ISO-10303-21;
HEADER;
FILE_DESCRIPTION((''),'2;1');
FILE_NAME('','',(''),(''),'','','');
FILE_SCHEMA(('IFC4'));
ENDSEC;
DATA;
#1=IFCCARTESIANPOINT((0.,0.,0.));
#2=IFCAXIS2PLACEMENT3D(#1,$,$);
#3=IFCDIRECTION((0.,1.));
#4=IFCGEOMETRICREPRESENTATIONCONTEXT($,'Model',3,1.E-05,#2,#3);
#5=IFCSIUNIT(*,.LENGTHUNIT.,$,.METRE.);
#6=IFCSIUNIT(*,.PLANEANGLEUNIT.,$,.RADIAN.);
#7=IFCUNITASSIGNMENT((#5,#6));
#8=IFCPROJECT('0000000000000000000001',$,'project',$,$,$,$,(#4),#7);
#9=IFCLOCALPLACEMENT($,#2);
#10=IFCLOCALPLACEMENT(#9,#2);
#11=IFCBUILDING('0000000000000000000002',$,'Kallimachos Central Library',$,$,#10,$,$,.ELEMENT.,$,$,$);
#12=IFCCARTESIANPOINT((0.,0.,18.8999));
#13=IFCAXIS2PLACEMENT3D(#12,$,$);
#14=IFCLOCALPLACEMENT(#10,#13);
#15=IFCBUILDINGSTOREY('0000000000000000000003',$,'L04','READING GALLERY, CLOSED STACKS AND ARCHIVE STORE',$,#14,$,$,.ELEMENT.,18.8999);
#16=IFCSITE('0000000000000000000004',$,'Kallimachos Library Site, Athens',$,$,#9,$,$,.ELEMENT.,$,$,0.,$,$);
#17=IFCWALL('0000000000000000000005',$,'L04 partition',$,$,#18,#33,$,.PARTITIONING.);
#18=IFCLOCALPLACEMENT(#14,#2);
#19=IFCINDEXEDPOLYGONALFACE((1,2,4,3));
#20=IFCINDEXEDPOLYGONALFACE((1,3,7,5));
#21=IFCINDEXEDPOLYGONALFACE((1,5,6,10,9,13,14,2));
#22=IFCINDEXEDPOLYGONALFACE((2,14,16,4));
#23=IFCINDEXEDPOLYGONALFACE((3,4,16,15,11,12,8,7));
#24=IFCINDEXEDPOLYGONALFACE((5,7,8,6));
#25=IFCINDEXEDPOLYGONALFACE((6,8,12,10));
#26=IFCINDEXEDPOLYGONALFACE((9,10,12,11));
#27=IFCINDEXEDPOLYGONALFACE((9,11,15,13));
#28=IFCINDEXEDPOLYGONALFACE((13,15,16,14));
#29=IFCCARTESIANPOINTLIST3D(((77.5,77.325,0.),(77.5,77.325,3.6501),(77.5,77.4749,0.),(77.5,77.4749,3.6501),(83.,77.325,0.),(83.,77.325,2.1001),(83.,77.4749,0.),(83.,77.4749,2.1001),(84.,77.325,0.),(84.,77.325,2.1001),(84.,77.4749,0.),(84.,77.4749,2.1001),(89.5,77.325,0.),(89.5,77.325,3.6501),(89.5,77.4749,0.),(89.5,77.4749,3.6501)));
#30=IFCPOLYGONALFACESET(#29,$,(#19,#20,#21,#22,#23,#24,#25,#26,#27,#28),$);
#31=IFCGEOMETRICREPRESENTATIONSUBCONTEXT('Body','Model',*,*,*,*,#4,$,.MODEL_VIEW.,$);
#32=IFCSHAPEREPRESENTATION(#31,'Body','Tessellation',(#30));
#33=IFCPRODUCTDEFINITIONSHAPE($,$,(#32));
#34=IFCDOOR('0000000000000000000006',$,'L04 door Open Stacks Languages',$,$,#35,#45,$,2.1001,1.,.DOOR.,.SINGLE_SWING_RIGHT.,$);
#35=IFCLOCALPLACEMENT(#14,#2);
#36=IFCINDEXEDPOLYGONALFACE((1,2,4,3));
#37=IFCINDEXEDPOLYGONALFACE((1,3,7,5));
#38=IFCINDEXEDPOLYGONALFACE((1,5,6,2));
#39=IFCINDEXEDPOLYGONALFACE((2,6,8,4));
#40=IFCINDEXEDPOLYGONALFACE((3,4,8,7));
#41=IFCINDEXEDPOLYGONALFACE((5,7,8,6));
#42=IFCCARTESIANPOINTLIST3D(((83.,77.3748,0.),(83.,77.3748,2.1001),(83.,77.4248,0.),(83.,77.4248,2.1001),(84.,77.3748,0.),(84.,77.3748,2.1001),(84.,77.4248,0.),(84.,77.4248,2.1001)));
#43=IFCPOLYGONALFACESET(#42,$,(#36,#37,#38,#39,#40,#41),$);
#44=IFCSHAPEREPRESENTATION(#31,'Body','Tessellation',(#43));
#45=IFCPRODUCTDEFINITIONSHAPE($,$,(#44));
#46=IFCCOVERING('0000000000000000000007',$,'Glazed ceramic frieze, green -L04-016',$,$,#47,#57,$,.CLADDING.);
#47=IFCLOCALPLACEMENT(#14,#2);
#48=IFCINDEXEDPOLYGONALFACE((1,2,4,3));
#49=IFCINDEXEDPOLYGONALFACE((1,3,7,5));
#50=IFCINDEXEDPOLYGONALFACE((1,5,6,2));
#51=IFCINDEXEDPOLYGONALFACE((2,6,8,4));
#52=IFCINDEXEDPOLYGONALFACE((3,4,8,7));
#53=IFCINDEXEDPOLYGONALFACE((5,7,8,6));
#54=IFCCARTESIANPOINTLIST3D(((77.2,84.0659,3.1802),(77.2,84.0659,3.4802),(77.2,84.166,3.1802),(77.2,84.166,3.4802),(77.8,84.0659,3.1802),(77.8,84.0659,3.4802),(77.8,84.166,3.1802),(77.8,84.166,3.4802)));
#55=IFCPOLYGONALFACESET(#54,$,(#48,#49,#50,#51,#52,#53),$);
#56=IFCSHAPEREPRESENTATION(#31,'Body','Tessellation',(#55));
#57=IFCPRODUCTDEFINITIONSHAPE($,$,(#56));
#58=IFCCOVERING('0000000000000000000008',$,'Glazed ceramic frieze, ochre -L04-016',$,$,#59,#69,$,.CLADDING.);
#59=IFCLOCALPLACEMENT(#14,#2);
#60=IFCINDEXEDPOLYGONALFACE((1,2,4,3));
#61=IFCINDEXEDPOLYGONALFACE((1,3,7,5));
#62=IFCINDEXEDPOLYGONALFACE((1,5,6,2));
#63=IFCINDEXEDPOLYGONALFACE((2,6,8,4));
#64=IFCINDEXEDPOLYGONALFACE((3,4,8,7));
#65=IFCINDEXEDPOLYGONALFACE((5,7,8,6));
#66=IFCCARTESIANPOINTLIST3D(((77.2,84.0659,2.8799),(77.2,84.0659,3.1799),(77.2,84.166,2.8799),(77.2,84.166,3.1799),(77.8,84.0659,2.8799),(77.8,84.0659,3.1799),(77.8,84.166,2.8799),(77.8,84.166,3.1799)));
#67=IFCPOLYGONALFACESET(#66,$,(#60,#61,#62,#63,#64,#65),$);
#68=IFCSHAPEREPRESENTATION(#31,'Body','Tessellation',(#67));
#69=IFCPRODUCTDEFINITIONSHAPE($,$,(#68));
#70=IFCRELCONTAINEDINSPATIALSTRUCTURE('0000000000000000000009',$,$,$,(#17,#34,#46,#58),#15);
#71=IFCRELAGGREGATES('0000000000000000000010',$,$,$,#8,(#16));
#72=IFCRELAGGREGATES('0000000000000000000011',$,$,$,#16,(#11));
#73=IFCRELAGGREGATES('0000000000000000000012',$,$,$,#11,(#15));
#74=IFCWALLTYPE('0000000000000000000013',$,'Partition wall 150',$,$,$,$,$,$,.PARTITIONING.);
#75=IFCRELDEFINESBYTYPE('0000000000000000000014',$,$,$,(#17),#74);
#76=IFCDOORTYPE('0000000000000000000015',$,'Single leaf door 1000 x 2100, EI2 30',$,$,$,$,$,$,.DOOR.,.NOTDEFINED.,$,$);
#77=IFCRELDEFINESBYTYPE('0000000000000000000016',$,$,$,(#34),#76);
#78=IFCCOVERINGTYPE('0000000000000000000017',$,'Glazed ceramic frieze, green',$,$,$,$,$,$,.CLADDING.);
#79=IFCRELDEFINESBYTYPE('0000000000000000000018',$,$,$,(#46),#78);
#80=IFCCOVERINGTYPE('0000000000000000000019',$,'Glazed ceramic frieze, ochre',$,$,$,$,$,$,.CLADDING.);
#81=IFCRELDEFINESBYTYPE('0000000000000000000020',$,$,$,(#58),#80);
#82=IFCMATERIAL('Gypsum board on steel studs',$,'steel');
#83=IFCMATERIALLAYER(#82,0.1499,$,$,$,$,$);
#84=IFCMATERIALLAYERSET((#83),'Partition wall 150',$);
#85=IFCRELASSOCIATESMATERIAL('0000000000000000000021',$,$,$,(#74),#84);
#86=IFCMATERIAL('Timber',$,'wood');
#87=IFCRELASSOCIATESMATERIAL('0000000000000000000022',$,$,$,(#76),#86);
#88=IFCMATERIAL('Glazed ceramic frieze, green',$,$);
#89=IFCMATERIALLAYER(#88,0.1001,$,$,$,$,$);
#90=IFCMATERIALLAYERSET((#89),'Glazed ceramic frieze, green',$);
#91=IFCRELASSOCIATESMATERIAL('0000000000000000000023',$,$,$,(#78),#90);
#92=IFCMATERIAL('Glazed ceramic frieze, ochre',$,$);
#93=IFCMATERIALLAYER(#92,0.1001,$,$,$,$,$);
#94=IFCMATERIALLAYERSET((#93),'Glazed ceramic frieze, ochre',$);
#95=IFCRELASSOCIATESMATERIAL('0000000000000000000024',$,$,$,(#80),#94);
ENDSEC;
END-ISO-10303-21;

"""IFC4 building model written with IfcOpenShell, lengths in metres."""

from ifc_helpers import new_model, si_unit, direction, frame, frame_2d, origin, origin_2d, place, context, subcontext, project, spatial, rectangle, extrude, material, layer, layer_set, type_object, element, fill, save


model = new_model("IFC4")

# Units and contexts
model_context = context("Model", 3, precision=1e-05, world=origin(), true_north=direction((0.0, 1.0)))
body_context = subcontext(model_context, "Body", "Model", "MODEL_VIEW")
ifc_project = project(units=[si_unit("LENGTHUNIT", "METRE"), si_unit("PLANEANGLEUNIT", "RADIAN")], contexts=[model_context])

# Site, building, storey
site_placement = place(None, origin())
site = spatial("IfcSite", under=ifc_project, at=site_placement, Name="Kallimachos Library Site, Athens", CompositionType="ELEMENT", RefElevation=0.0)
building_placement = place(site_placement, origin())
building = spatial("IfcBuilding", under=site, at=building_placement, Name="Kallimachos Central Library", CompositionType="ELEMENT")
storey_placement = place(building_placement, frame((0.0, 0.0, 18.8999)))
storey = spatial("IfcBuildingStorey", under=building, at=storey_placement, Name="L04", Description="READING GALLERY, CLOSED STACKS AND ARCHIVE STORE", CompositionType="ELEMENT", Elevation=18.8999)

# Shared definitions
ifc_material_1 = material(Name="Gypsum board on steel studs", Category="steel")
ifc_layer_1 = layer(ifc_material_1, 0.1499)
ifc_layer_set_1 = layer_set([ifc_layer_1], Name="Partition wall 150")
wall_type = type_object("IfcWallType", Name="Partition wall 150", PredefinedType="PARTITIONING", material=ifc_layer_set_1)

# Wall, opening, door
wall_1_placement = place(storey_placement, frame((77.5, 77.3999, 0.0), z_axis=(0.0, 0.0, 1.0), x_axis=(1.0, 0.0, 0.0)))
wall_1 = element("IfcWall", 1, at=wall_1_placement, inside=storey, type_object=wall_type, Name="L04 partition", PredefinedType="PARTITIONING", context=body_context, shape_type="SweptSolid", body=[
    extrude(rectangle(XDim=12.0, YDim=0.1499, at=frame_2d((6.0, 0.0))), origin(), (0.0, 0.0, 1.0), 3.6501),
])
opening_placement = place(wall_1_placement, frame((5.5, 0.0, 0.0)))
opening = element("IfcOpeningElement", 2, at=opening_placement, cuts=wall_1, PredefinedType="OPENING", context=body_context, shape_type="SweptSolid", body=[
    extrude(rectangle(XDim=1.0, YDim=2.1001, at=frame_2d((0.5, 1.05))), frame((0.0, 0.085, 0.0), z_axis=(0.0, -1.0, 0.0), x_axis=(1.0, 0.0, 0.0)), (0.0, 0.0, 1.0), 0.1699),
])
ifc_material_2 = material(Name="Timber", Category="wood")
door_type = type_object("IfcDoorType", Name="Single leaf door 1000 x 2100, EI2 30", OperationType="NOTDEFINED", PredefinedType="DOOR", material=ifc_material_2)
door_placement = place(opening_placement, origin())
door = element("IfcDoor", 3, at=door_placement, inside=storey, type_object=door_type, Name="L04 door Open Stacks Languages", OperationType="SINGLE_SWING_RIGHT", OverallHeight=2.1001, OverallWidth=1.0, PredefinedType="DOOR", context=body_context, shape_type="SweptSolid", body=[
    extrude(rectangle(XDim=1.0, YDim=2.1001, at=frame_2d((0.5, 1.05))), frame((0.0, 0.0249, 0.0), z_axis=(0.0, -1.0, 0.0), x_axis=(1.0, 0.0, 0.0)), (0.0, 0.0, 1.0), 0.05),
])
fill(opening, door)

# Coverings
ifc_material_3 = material(Name="Glazed ceramic frieze, green")
ifc_layer_2 = layer(ifc_material_3, 0.1001)
ifc_layer_set_2 = layer_set([ifc_layer_2], Name="Glazed ceramic frieze, green")
covering_type_1 = type_object("IfcCoveringType", Name="Glazed ceramic frieze, green", PredefinedType="CLADDING", material=ifc_layer_set_2)
covering_1_placement = place(storey_placement, frame((77.5, 84.116, 3.1802), z_axis=(0.0, 0.0, 1.0), x_axis=(1.0, 0.0, 0.0)))
element("IfcCovering", 4, at=covering_1_placement, inside=storey, type_object=covering_type_1, Name="Glazed ceramic frieze, green -L04-016", PredefinedType="CLADDING", context=body_context, shape_type="SweptSolid", body=[
    extrude(rectangle(XDim=0.6001, YDim=0.1001, at=origin_2d()), origin(), (0.0, 0.0, 1.0), 0.3),
])
ifc_material_4 = material(Name="Glazed ceramic frieze, ochre")
ifc_layer_3 = layer(ifc_material_4, 0.1001)
ifc_layer_set_3 = layer_set([ifc_layer_3], Name="Glazed ceramic frieze, ochre")
covering_type_2 = type_object("IfcCoveringType", Name="Glazed ceramic frieze, ochre", PredefinedType="CLADDING", material=ifc_layer_set_3)
covering_2_placement = place(storey_placement, frame((77.5, 84.116, 2.8799), z_axis=(0.0, 0.0, 1.0), x_axis=(1.0, 0.0, 0.0)))
element("IfcCovering", 5, at=covering_2_placement, inside=storey, type_object=covering_type_2, Name="Glazed ceramic frieze, ochre -L04-016", PredefinedType="CLADDING", context=body_context, shape_type="SweptSolid", body=[
    extrude(rectangle(XDim=0.6001, YDim=0.1001, at=origin_2d()), origin(), (0.0, 0.0, 1.0), 0.3),
])

save(model, "model.ifc")
